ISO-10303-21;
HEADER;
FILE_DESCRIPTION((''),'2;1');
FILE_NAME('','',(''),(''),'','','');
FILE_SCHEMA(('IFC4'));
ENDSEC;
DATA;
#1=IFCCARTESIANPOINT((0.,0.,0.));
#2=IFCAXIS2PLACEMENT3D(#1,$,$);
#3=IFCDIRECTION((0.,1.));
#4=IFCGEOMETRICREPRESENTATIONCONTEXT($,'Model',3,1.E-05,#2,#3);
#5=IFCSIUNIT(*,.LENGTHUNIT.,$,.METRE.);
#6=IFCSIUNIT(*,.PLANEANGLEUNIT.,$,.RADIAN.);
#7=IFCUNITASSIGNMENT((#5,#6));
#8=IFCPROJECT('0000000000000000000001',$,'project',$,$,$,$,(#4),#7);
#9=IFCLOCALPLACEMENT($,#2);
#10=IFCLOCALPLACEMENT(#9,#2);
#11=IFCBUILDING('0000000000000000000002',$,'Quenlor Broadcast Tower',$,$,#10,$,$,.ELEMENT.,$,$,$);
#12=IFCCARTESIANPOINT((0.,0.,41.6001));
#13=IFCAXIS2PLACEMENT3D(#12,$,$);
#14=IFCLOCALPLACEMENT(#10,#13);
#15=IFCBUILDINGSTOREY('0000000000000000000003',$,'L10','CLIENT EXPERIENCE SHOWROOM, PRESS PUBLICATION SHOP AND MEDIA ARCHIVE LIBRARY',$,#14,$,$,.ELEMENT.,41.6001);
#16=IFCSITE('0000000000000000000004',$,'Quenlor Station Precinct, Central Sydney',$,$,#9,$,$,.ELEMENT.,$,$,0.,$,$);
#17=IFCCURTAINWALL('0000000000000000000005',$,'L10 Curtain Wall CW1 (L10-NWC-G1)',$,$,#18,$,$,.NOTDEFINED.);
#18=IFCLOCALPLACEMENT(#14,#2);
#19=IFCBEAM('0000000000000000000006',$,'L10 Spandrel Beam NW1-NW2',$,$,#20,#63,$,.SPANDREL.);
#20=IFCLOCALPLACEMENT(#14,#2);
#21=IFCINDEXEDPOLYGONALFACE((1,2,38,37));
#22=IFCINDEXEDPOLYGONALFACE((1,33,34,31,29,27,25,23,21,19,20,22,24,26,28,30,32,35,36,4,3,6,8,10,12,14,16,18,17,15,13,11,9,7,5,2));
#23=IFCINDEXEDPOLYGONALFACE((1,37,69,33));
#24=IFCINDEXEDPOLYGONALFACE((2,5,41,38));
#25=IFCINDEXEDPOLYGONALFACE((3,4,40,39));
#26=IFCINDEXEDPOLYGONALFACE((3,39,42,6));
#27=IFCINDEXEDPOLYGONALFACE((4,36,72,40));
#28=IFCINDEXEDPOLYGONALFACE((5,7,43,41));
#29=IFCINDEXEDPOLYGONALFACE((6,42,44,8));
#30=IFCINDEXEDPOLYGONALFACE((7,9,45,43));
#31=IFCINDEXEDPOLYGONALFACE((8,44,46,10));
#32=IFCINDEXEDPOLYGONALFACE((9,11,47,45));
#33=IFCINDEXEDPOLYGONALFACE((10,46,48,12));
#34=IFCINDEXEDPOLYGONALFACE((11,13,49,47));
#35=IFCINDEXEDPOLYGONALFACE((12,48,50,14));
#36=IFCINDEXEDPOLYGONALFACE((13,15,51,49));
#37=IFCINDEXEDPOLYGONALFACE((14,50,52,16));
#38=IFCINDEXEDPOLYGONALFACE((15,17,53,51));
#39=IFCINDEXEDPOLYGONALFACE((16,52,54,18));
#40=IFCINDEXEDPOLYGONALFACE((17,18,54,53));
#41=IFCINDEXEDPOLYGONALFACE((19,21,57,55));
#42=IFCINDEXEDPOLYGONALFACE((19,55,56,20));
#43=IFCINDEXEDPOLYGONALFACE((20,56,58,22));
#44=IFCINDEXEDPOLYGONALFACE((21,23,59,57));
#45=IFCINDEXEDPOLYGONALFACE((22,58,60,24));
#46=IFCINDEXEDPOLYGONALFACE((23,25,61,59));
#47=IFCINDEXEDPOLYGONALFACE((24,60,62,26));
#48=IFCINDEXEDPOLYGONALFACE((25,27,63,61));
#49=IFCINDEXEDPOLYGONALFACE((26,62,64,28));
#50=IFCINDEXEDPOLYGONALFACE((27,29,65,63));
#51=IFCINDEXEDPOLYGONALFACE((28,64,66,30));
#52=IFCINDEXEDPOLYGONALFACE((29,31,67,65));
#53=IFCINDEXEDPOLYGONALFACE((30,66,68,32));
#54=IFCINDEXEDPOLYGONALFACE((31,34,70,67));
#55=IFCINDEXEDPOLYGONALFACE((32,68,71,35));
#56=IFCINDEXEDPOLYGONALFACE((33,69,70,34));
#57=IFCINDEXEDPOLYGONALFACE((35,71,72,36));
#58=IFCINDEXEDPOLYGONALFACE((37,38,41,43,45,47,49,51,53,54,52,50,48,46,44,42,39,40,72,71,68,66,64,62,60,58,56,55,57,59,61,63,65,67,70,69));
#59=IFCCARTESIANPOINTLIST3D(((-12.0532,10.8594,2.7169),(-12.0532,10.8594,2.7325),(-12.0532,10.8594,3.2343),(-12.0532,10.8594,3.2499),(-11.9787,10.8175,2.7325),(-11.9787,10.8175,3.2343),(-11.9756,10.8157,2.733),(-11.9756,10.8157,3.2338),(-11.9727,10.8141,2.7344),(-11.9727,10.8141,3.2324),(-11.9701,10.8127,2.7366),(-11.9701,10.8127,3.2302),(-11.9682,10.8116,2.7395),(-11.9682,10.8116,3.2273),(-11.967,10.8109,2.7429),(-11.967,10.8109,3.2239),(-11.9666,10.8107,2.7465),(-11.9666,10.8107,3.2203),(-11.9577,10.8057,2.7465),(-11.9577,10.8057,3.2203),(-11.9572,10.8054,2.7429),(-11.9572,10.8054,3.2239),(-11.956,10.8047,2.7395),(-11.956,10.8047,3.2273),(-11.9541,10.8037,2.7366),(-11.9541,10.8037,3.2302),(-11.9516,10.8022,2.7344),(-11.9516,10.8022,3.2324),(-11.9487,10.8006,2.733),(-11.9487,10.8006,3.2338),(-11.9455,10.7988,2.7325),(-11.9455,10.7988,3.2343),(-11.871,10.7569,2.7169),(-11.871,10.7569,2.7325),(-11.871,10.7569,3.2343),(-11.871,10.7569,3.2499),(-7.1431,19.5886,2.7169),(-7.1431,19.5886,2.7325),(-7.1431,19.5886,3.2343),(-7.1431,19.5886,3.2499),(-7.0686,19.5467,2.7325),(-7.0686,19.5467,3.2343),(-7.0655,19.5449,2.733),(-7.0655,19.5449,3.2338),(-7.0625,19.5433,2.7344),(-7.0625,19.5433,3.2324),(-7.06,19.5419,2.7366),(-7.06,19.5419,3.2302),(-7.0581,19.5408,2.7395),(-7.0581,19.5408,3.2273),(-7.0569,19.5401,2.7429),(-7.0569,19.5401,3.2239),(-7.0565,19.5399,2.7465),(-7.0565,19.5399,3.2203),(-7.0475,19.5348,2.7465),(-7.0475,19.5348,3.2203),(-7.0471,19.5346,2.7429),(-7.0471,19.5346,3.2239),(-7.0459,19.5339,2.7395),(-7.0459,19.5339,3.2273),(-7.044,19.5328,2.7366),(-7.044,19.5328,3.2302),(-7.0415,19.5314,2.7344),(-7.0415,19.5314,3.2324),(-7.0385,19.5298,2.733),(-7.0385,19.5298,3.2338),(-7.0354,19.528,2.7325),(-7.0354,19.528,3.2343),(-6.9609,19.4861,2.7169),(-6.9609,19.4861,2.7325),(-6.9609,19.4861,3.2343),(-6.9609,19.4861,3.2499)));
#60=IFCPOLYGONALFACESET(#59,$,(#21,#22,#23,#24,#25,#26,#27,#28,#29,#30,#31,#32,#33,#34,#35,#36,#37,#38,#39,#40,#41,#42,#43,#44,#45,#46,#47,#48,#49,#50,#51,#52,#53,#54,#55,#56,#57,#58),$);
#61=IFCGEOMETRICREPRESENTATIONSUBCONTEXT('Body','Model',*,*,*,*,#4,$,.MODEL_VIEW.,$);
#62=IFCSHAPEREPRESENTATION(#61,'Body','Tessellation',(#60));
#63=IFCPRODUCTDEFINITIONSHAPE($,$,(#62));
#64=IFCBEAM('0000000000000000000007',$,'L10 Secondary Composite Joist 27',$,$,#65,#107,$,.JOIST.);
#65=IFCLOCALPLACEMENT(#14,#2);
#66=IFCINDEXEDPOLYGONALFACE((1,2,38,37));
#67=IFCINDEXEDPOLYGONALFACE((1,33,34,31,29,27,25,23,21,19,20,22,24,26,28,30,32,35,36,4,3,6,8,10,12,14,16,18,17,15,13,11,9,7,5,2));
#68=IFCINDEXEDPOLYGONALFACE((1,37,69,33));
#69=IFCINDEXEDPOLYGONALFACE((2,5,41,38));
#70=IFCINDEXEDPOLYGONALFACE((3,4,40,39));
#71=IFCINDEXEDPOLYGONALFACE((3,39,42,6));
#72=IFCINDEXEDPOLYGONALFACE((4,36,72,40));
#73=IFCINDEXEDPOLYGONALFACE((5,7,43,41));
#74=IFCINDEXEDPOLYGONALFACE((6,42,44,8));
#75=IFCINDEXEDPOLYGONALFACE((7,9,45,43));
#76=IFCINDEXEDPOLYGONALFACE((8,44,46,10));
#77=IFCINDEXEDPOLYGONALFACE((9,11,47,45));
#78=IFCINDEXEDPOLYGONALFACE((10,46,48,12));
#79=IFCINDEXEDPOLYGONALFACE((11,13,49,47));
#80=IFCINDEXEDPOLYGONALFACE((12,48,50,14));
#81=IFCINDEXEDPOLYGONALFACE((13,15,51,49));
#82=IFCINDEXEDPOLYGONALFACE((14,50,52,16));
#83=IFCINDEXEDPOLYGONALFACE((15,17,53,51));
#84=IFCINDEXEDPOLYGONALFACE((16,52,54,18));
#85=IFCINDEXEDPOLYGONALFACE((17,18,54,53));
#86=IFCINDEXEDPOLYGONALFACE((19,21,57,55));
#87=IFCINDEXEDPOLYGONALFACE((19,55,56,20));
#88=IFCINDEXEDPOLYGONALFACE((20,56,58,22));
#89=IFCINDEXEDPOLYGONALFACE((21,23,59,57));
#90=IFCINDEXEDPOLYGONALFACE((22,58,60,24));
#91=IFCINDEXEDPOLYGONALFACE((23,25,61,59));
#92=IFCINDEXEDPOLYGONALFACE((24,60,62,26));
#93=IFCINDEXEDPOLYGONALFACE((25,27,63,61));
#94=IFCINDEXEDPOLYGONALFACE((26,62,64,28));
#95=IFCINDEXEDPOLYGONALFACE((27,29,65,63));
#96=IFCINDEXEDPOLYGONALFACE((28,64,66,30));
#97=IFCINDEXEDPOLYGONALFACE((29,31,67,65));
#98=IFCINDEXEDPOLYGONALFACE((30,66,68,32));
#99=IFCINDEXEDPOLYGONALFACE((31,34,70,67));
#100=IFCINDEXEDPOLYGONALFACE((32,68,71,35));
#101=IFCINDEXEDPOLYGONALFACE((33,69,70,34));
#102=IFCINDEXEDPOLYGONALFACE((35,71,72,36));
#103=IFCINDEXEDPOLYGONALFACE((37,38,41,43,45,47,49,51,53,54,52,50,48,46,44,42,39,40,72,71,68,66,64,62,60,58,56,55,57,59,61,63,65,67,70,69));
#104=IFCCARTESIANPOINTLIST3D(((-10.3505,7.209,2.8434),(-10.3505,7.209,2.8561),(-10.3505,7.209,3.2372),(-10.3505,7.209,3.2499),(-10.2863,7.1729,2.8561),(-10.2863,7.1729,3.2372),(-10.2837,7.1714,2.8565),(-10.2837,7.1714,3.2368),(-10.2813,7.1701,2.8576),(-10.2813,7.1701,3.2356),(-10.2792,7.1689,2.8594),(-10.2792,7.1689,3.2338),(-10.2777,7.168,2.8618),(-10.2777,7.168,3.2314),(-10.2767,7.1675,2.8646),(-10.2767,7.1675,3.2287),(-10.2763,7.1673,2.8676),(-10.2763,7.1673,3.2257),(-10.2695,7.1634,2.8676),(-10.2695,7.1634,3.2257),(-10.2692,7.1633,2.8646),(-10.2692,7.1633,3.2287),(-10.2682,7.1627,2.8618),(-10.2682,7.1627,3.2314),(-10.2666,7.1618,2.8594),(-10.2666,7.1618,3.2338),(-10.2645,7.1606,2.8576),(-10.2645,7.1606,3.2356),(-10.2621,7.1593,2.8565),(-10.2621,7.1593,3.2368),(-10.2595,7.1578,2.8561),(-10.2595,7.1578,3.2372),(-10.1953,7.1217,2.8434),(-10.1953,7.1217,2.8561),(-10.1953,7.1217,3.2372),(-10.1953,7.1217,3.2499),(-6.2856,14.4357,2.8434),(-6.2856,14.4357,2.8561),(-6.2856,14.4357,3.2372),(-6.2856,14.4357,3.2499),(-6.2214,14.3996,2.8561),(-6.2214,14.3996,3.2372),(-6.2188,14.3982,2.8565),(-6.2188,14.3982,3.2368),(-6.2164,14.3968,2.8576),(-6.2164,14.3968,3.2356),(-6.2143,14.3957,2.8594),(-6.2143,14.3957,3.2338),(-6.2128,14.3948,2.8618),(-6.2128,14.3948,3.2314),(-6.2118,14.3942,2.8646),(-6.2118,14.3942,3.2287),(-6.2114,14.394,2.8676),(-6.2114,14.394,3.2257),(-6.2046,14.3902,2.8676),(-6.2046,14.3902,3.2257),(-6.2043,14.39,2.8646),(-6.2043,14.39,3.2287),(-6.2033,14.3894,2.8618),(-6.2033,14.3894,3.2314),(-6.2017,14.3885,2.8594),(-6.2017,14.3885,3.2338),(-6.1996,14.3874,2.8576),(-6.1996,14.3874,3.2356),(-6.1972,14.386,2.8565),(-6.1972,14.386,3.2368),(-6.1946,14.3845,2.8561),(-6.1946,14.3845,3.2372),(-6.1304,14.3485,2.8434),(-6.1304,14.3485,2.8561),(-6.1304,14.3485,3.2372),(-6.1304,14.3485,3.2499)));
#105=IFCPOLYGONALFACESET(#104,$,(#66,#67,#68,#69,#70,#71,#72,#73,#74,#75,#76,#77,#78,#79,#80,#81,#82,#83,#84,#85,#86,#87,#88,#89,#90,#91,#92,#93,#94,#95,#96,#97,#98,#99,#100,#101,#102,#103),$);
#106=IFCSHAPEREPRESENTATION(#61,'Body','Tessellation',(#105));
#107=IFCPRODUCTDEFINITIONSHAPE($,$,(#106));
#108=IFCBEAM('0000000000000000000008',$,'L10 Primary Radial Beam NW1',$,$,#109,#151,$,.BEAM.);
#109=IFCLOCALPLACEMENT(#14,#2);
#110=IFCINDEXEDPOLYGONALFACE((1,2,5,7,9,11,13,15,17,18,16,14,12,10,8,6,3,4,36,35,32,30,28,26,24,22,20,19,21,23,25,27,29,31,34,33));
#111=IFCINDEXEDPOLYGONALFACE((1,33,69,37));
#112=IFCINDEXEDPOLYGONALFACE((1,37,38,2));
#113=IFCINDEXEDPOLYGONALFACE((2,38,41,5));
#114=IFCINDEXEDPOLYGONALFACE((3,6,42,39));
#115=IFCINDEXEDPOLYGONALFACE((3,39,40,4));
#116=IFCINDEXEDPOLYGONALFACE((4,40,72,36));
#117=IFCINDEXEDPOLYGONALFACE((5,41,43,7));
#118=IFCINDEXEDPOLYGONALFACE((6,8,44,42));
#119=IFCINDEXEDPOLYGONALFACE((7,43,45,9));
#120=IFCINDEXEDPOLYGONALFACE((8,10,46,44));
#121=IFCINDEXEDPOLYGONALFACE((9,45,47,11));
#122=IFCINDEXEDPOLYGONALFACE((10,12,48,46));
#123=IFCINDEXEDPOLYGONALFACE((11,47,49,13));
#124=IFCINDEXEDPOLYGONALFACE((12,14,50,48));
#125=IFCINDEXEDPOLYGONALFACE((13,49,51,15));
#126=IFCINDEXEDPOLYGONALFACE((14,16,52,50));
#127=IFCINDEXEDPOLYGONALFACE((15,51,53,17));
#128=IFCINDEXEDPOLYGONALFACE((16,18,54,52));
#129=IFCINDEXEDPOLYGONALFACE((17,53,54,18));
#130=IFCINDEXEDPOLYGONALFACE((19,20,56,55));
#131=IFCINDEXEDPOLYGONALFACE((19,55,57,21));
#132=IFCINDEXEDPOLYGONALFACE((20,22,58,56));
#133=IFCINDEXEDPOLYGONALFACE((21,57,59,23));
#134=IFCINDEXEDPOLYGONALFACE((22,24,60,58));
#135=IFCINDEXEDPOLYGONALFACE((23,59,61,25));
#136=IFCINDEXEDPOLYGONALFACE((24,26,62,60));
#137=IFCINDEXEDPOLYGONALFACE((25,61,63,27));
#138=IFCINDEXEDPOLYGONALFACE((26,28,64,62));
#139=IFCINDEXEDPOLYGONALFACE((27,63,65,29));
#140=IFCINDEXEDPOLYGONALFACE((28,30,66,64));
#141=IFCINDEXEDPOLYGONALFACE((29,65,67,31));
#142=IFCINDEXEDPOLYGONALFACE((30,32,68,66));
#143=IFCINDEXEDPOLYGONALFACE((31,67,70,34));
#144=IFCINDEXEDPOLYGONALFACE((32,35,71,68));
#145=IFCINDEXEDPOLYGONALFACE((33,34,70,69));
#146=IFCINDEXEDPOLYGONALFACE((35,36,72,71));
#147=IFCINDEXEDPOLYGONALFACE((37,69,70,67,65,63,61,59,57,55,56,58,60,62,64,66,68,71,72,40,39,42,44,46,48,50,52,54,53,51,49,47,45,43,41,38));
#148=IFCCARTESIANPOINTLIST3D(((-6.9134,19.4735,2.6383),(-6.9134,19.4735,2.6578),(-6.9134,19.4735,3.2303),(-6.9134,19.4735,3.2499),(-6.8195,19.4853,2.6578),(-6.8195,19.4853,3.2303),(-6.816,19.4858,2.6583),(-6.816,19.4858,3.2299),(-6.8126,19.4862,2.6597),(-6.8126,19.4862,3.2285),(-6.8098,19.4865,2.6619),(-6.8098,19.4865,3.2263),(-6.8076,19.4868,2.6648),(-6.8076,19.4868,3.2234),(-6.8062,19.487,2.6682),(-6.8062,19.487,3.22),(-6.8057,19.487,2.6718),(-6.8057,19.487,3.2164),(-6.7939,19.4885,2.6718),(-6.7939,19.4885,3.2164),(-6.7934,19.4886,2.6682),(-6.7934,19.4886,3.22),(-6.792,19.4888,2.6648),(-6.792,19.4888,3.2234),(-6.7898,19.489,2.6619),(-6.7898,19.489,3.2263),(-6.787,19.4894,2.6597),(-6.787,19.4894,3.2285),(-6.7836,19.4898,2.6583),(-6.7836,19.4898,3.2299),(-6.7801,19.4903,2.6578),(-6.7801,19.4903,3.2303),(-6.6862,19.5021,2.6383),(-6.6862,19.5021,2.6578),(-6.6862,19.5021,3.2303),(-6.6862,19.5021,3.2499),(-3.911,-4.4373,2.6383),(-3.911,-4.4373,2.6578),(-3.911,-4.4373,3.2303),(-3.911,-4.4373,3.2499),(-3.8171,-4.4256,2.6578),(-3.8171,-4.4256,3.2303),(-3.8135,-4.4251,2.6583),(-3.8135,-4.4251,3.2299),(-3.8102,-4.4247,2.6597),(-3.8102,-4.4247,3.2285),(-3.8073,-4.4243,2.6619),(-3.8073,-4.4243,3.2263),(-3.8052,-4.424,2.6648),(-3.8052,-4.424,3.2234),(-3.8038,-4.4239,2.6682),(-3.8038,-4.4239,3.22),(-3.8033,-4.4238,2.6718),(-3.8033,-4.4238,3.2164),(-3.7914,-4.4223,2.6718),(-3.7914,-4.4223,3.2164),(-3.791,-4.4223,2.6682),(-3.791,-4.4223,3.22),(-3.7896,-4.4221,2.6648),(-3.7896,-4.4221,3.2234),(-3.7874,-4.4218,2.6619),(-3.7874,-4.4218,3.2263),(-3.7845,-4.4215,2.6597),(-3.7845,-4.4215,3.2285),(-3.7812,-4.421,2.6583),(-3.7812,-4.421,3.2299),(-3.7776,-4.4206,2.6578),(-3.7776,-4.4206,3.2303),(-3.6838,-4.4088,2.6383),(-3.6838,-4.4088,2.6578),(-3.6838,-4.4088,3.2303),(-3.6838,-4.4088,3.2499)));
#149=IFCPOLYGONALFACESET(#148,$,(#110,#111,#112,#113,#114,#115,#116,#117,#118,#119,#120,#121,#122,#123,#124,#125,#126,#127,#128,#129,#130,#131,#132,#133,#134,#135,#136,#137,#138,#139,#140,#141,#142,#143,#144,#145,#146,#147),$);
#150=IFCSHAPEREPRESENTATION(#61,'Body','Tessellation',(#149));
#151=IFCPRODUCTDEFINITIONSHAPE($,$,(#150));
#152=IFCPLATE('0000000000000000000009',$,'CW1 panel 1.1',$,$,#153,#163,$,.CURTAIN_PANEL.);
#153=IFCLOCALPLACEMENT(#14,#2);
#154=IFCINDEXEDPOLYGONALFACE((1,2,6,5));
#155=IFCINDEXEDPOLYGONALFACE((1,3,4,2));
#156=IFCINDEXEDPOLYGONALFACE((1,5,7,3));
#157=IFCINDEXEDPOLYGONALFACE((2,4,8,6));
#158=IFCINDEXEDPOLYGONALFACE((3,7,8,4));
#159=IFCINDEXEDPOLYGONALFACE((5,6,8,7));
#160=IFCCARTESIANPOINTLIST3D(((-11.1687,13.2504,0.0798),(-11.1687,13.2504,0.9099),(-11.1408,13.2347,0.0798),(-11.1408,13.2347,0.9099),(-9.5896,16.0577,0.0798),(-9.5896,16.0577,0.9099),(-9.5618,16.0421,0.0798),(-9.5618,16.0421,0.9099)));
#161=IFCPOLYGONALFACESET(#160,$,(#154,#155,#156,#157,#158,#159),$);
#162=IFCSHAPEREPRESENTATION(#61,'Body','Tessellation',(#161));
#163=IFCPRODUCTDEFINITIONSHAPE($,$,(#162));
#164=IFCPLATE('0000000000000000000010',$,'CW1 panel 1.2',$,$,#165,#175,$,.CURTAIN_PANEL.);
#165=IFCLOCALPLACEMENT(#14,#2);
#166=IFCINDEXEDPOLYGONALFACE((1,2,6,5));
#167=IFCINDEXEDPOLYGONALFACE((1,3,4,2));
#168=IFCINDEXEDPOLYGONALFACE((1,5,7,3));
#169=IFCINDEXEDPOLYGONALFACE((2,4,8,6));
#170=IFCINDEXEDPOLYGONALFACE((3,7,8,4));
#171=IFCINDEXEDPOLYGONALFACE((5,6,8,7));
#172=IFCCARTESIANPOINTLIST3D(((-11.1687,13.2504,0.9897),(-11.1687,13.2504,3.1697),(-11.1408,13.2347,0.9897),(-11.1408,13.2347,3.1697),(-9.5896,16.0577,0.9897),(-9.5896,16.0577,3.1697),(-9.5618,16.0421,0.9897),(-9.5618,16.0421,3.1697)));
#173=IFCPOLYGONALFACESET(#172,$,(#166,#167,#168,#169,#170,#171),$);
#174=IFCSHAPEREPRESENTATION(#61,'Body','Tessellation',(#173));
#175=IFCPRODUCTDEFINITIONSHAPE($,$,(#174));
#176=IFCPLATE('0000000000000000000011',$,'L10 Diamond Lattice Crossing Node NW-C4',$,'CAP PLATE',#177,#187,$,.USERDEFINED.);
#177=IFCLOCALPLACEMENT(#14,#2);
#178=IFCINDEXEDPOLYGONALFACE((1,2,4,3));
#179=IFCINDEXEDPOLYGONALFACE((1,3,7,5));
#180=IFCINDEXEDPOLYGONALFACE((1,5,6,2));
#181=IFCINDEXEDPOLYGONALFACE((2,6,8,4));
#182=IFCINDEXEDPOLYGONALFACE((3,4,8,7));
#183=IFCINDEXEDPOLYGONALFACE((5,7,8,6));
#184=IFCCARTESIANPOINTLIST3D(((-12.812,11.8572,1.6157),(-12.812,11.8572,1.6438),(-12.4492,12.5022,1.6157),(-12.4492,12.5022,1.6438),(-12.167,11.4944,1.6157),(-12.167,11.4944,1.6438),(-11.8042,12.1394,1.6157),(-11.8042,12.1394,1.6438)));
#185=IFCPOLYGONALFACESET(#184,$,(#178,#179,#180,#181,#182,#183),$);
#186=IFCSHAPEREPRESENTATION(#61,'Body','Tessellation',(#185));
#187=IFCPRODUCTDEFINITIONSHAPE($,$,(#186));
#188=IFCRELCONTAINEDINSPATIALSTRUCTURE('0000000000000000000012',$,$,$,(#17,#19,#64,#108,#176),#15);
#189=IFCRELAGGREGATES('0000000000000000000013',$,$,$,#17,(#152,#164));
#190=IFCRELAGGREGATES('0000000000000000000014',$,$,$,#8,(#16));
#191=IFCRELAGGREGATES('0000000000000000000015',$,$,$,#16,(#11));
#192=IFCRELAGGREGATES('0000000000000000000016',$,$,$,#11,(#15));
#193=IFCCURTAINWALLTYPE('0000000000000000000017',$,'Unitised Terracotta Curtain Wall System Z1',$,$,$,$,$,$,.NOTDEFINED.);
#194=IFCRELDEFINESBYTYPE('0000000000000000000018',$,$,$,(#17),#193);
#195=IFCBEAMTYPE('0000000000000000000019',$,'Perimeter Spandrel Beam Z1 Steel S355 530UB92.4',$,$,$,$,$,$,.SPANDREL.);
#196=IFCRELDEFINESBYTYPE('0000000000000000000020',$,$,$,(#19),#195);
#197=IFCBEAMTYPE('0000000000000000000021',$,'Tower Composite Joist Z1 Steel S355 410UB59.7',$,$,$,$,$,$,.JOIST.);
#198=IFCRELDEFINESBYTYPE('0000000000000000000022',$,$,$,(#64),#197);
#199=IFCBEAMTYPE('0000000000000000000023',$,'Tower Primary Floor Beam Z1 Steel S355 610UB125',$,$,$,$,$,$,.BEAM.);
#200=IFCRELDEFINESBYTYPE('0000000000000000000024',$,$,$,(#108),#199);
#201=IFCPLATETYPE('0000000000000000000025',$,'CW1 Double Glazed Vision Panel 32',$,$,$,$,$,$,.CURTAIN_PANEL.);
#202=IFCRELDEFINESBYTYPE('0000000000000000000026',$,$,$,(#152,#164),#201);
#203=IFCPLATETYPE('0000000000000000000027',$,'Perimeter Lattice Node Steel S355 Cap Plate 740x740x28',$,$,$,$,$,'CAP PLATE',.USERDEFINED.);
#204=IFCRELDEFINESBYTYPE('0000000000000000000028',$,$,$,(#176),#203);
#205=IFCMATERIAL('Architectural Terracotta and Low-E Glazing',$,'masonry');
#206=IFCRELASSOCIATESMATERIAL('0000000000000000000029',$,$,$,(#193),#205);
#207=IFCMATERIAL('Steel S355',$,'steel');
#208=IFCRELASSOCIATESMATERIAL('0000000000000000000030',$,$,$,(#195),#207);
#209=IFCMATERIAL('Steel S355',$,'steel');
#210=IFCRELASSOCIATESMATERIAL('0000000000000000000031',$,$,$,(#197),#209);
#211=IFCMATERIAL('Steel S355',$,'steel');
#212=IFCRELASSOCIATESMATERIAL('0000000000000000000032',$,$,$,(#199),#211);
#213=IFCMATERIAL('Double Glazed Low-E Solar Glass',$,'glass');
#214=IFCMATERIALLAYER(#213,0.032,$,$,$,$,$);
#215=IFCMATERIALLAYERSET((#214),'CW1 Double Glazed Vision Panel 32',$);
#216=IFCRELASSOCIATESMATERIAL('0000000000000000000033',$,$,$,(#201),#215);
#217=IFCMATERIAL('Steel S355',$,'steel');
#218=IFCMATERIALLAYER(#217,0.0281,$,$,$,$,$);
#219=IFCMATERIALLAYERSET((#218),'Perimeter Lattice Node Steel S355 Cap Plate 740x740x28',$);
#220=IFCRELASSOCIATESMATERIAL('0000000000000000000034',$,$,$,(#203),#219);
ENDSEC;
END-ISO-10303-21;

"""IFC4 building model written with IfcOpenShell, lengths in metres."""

from ifc_helpers import new_model, si_unit, direction, frame, origin, origin_2d, place, context, subcontext, project, spatial, rectangle, i_section, extrude, material, layer, layer_set, material_profile, profile_set, type_object, element, aggregate, save


model = new_model("IFC4")

# Units and contexts
model_context = context("Model", 3, precision=1e-05, world=origin(), true_north=direction((0.0, 1.0)))
body_context = subcontext(model_context, "Body", "Model", "MODEL_VIEW")
ifc_project = project(units=[si_unit("LENGTHUNIT", "METRE"), si_unit("PLANEANGLEUNIT", "RADIAN")], contexts=[model_context])

# Site, building, storey
site_placement = place(None, origin())
site = spatial("IfcSite", under=ifc_project, at=site_placement, Name="Quenlor Station Precinct, Central Sydney", CompositionType="ELEMENT", RefElevation=0.0)
building_placement = place(site_placement, origin())
building = spatial("IfcBuilding", under=site, at=building_placement, Name="Quenlor Broadcast Tower", CompositionType="ELEMENT")
storey_placement = place(building_placement, frame((0.0, 0.0, 41.6001)))
storey = spatial("IfcBuildingStorey", under=building, at=storey_placement, Name="L10", Description="CLIENT EXPERIENCE SHOWROOM, PRESS PUBLICATION SHOP AND MEDIA ARCHIVE LIBRARY", CompositionType="ELEMENT", Elevation=41.6001)

# Curtain wall
ifc_material_1 = material(Name="Architectural Terracotta and Low-E Glazing", Category="masonry")
curtain_wall_type = type_object("IfcCurtainWallType", Name="Unitised Terracotta Curtain Wall System Z1", PredefinedType="NOTDEFINED", material=ifc_material_1)
curtain_wall_placement = place(storey_placement, origin())
curtain_wall = element("IfcCurtainWall", 1, at=curtain_wall_placement, inside=storey, type_object=curtain_wall_type, Name="L10 Curtain Wall CW1 (L10-NWC-G1)", PredefinedType="NOTDEFINED")

# Beams
ifc_material_2 = material(Name="Steel S355", Category="steel")
ifc_material_profile_1 = material_profile(ifc_material_2, i_section(OverallWidth=0.209, OverallDepth=0.533, WebThickness=0.0103, FlangeThickness=0.0156, FilletRadius=0.0139, at=origin_2d()))
ifc_profile_set_1 = profile_set([ifc_material_profile_1], Name="Steel S355 530UB92.4")
beam_type_1 = type_object("IfcBeamType", Name="Perimeter Spandrel Beam Z1 Steel S355 530UB92.4", PredefinedType="SPANDREL", material=ifc_profile_set_1)
beam_1_placement = place(storey_placement, frame((-7.052, 19.5374, 2.9834), z_axis=(-0.490258, -0.871577, 0.0), x_axis=(0.871577, -0.490258, 0.0)))
element("IfcBeam", 2, at=beam_1_placement, inside=storey, type_object=beam_type_1, Name="L10 Spandrel Beam NW1-NW2", PredefinedType="SPANDREL", context=body_context, shape_type="SweptSolid", body=[
    extrude(i_section(OverallWidth=0.209, OverallDepth=0.533, WebThickness=0.0103, FlangeThickness=0.0156, FilletRadius=0.0139, at=origin_2d()), origin(), (0.0, 0.0, 1.0), 10.0154),
])
ifc_material_3 = material(Name="Steel S355", Category="steel")
ifc_material_profile_2 = material_profile(ifc_material_3, i_section(OverallWidth=0.178, OverallDepth=0.4065, WebThickness=0.0078, FlangeThickness=0.0127, FilletRadius=0.0115, at=origin_2d()))
ifc_profile_set_2 = profile_set([ifc_material_profile_2], Name="Steel S355 410UB59.7")
beam_type_2 = type_object("IfcBeamType", Name="Tower Composite Joist Z1 Steel S355 410UB59.7", PredefinedType="JOIST", material=ifc_profile_set_2)
beam_2_placement = place(storey_placement, frame((-6.208, 14.3921, 3.0466), z_axis=(-0.490249, -0.871583, 0.0), x_axis=(0.871583, -0.490249, 0.0)))
element("IfcBeam", 3, at=beam_2_placement, inside=storey, type_object=beam_type_2, Name="L10 Secondary Composite Joist 27", PredefinedType="JOIST", context=body_context, shape_type="SweptSolid", body=[
    extrude(i_section(OverallWidth=0.178, OverallDepth=0.4065, WebThickness=0.0078, FlangeThickness=0.0127, FilletRadius=0.0115, at=origin_2d()), origin(), (0.0, 0.0, 1.0), 8.2915),
])
ifc_material_4 = material(Name="Steel S355", Category="steel")
ifc_material_profile_3 = material_profile(ifc_material_4, i_section(OverallWidth=0.229, OverallDepth=0.6116, WebThickness=0.012, FlangeThickness=0.0195, FilletRadius=0.0139, at=origin_2d()))
ifc_profile_set_3 = profile_set([ifc_material_profile_3], Name="Steel S355 610UB125")
beam_type_3 = type_object("IfcBeamType", Name="Tower Primary Floor Beam Z1 Steel S355 610UB125", PredefinedType="BEAM", material=ifc_profile_set_3)
beam_3_placement = place(storey_placement, frame((-6.7998, 19.4878, 2.9441), z_axis=(0.12459, -0.992208, 0.0), x_axis=(0.992208, 0.12459, 0.0)))
element("IfcBeam", 4, at=beam_3_placement, inside=storey, type_object=beam_type_3, Name="L10 Primary Radial Beam NW1", PredefinedType="BEAM", context=body_context, shape_type="SweptSolid", body=[
    extrude(i_section(OverallWidth=0.229, OverallDepth=0.6116, WebThickness=0.012, FlangeThickness=0.0195, FilletRadius=0.0139, at=origin_2d()), origin(), (0.0, 0.0, 1.0), 24.0986),
])

# Plates
ifc_material_5 = material(Name="Double Glazed Low-E Solar Glass", Category="glass")
ifc_layer_1 = layer(ifc_material_5, 0.032)
ifc_layer_set_1 = layer_set([ifc_layer_1], Name="CW1 Double Glazed Vision Panel 32")
plate_type_1 = type_object("IfcPlateType", Name="CW1 Double Glazed Vision Panel 32", PredefinedType="CURTAIN_PANEL", material=ifc_layer_set_1)
plate_1_placement = place(storey_placement, frame((-10.3652, 14.6462, 0.0798), z_axis=(0.0, 0.0, 1.0), x_axis=(0.490244, 0.871585, 0.0)))
plate_1 = element("IfcPlate", 5, at=plate_1_placement, type_object=plate_type_1, Name="CW1 panel 1.1", PredefinedType="CURTAIN_PANEL", context=body_context, shape_type="SweptSolid", body=[
    extrude(rectangle(XDim=3.2209, YDim=0.032, at=origin_2d()), origin(), (0.0, 0.0, 1.0), 0.8301),
])
plate_2_placement = place(storey_placement, frame((-10.3652, 14.6462, 0.9897), z_axis=(0.0, 0.0, 1.0), x_axis=(0.490244, 0.871585, 0.0)))
plate_2 = element("IfcPlate", 6, at=plate_2_placement, type_object=plate_type_1, Name="CW1 panel 1.2", PredefinedType="CURTAIN_PANEL", context=body_context, shape_type="SweptSolid", body=[
    extrude(rectangle(XDim=3.2209, YDim=0.032, at=origin_2d()), origin(), (0.0, 0.0, 1.0), 2.1799),
])
aggregate(curtain_wall, [plate_1, plate_2])

# Plate
ifc_material_6 = material(Name="Steel S355", Category="steel")
ifc_layer_2 = layer(ifc_material_6, 0.0281)
ifc_layer_set_2 = layer_set([ifc_layer_2], Name="Perimeter Lattice Node Steel S355 Cap Plate 740x740x28")
plate_type_2 = type_object("IfcPlateType", Name="Perimeter Lattice Node Steel S355 Cap Plate 740x740x28", ElementType="CAP PLATE", PredefinedType="USERDEFINED", material=ifc_layer_set_2)
for number, where, z_axis, x_axis, name in (
    (7, (-12.3081, 11.9983, 1.6157), (0.0, 0.0, 1.0), (0.490295, 0.871556, 0.0), "L10 Diamond Lattice Crossing Node NW-C4"),
):
    element("IfcPlate", number, at=place(storey_placement, frame(where, z_axis=z_axis, x_axis=x_axis)), inside=storey, type_object=plate_type_2, Name=name, ObjectType="CAP PLATE", PredefinedType="USERDEFINED", context=body_context, shape_type="SweptSolid", body=[
        extrude(rectangle(XDim=0.74, YDim=0.74, at=origin_2d()), origin(), (0.0, 0.0, 1.0), 0.0281),
    ])

save(model, "model.ifc")
